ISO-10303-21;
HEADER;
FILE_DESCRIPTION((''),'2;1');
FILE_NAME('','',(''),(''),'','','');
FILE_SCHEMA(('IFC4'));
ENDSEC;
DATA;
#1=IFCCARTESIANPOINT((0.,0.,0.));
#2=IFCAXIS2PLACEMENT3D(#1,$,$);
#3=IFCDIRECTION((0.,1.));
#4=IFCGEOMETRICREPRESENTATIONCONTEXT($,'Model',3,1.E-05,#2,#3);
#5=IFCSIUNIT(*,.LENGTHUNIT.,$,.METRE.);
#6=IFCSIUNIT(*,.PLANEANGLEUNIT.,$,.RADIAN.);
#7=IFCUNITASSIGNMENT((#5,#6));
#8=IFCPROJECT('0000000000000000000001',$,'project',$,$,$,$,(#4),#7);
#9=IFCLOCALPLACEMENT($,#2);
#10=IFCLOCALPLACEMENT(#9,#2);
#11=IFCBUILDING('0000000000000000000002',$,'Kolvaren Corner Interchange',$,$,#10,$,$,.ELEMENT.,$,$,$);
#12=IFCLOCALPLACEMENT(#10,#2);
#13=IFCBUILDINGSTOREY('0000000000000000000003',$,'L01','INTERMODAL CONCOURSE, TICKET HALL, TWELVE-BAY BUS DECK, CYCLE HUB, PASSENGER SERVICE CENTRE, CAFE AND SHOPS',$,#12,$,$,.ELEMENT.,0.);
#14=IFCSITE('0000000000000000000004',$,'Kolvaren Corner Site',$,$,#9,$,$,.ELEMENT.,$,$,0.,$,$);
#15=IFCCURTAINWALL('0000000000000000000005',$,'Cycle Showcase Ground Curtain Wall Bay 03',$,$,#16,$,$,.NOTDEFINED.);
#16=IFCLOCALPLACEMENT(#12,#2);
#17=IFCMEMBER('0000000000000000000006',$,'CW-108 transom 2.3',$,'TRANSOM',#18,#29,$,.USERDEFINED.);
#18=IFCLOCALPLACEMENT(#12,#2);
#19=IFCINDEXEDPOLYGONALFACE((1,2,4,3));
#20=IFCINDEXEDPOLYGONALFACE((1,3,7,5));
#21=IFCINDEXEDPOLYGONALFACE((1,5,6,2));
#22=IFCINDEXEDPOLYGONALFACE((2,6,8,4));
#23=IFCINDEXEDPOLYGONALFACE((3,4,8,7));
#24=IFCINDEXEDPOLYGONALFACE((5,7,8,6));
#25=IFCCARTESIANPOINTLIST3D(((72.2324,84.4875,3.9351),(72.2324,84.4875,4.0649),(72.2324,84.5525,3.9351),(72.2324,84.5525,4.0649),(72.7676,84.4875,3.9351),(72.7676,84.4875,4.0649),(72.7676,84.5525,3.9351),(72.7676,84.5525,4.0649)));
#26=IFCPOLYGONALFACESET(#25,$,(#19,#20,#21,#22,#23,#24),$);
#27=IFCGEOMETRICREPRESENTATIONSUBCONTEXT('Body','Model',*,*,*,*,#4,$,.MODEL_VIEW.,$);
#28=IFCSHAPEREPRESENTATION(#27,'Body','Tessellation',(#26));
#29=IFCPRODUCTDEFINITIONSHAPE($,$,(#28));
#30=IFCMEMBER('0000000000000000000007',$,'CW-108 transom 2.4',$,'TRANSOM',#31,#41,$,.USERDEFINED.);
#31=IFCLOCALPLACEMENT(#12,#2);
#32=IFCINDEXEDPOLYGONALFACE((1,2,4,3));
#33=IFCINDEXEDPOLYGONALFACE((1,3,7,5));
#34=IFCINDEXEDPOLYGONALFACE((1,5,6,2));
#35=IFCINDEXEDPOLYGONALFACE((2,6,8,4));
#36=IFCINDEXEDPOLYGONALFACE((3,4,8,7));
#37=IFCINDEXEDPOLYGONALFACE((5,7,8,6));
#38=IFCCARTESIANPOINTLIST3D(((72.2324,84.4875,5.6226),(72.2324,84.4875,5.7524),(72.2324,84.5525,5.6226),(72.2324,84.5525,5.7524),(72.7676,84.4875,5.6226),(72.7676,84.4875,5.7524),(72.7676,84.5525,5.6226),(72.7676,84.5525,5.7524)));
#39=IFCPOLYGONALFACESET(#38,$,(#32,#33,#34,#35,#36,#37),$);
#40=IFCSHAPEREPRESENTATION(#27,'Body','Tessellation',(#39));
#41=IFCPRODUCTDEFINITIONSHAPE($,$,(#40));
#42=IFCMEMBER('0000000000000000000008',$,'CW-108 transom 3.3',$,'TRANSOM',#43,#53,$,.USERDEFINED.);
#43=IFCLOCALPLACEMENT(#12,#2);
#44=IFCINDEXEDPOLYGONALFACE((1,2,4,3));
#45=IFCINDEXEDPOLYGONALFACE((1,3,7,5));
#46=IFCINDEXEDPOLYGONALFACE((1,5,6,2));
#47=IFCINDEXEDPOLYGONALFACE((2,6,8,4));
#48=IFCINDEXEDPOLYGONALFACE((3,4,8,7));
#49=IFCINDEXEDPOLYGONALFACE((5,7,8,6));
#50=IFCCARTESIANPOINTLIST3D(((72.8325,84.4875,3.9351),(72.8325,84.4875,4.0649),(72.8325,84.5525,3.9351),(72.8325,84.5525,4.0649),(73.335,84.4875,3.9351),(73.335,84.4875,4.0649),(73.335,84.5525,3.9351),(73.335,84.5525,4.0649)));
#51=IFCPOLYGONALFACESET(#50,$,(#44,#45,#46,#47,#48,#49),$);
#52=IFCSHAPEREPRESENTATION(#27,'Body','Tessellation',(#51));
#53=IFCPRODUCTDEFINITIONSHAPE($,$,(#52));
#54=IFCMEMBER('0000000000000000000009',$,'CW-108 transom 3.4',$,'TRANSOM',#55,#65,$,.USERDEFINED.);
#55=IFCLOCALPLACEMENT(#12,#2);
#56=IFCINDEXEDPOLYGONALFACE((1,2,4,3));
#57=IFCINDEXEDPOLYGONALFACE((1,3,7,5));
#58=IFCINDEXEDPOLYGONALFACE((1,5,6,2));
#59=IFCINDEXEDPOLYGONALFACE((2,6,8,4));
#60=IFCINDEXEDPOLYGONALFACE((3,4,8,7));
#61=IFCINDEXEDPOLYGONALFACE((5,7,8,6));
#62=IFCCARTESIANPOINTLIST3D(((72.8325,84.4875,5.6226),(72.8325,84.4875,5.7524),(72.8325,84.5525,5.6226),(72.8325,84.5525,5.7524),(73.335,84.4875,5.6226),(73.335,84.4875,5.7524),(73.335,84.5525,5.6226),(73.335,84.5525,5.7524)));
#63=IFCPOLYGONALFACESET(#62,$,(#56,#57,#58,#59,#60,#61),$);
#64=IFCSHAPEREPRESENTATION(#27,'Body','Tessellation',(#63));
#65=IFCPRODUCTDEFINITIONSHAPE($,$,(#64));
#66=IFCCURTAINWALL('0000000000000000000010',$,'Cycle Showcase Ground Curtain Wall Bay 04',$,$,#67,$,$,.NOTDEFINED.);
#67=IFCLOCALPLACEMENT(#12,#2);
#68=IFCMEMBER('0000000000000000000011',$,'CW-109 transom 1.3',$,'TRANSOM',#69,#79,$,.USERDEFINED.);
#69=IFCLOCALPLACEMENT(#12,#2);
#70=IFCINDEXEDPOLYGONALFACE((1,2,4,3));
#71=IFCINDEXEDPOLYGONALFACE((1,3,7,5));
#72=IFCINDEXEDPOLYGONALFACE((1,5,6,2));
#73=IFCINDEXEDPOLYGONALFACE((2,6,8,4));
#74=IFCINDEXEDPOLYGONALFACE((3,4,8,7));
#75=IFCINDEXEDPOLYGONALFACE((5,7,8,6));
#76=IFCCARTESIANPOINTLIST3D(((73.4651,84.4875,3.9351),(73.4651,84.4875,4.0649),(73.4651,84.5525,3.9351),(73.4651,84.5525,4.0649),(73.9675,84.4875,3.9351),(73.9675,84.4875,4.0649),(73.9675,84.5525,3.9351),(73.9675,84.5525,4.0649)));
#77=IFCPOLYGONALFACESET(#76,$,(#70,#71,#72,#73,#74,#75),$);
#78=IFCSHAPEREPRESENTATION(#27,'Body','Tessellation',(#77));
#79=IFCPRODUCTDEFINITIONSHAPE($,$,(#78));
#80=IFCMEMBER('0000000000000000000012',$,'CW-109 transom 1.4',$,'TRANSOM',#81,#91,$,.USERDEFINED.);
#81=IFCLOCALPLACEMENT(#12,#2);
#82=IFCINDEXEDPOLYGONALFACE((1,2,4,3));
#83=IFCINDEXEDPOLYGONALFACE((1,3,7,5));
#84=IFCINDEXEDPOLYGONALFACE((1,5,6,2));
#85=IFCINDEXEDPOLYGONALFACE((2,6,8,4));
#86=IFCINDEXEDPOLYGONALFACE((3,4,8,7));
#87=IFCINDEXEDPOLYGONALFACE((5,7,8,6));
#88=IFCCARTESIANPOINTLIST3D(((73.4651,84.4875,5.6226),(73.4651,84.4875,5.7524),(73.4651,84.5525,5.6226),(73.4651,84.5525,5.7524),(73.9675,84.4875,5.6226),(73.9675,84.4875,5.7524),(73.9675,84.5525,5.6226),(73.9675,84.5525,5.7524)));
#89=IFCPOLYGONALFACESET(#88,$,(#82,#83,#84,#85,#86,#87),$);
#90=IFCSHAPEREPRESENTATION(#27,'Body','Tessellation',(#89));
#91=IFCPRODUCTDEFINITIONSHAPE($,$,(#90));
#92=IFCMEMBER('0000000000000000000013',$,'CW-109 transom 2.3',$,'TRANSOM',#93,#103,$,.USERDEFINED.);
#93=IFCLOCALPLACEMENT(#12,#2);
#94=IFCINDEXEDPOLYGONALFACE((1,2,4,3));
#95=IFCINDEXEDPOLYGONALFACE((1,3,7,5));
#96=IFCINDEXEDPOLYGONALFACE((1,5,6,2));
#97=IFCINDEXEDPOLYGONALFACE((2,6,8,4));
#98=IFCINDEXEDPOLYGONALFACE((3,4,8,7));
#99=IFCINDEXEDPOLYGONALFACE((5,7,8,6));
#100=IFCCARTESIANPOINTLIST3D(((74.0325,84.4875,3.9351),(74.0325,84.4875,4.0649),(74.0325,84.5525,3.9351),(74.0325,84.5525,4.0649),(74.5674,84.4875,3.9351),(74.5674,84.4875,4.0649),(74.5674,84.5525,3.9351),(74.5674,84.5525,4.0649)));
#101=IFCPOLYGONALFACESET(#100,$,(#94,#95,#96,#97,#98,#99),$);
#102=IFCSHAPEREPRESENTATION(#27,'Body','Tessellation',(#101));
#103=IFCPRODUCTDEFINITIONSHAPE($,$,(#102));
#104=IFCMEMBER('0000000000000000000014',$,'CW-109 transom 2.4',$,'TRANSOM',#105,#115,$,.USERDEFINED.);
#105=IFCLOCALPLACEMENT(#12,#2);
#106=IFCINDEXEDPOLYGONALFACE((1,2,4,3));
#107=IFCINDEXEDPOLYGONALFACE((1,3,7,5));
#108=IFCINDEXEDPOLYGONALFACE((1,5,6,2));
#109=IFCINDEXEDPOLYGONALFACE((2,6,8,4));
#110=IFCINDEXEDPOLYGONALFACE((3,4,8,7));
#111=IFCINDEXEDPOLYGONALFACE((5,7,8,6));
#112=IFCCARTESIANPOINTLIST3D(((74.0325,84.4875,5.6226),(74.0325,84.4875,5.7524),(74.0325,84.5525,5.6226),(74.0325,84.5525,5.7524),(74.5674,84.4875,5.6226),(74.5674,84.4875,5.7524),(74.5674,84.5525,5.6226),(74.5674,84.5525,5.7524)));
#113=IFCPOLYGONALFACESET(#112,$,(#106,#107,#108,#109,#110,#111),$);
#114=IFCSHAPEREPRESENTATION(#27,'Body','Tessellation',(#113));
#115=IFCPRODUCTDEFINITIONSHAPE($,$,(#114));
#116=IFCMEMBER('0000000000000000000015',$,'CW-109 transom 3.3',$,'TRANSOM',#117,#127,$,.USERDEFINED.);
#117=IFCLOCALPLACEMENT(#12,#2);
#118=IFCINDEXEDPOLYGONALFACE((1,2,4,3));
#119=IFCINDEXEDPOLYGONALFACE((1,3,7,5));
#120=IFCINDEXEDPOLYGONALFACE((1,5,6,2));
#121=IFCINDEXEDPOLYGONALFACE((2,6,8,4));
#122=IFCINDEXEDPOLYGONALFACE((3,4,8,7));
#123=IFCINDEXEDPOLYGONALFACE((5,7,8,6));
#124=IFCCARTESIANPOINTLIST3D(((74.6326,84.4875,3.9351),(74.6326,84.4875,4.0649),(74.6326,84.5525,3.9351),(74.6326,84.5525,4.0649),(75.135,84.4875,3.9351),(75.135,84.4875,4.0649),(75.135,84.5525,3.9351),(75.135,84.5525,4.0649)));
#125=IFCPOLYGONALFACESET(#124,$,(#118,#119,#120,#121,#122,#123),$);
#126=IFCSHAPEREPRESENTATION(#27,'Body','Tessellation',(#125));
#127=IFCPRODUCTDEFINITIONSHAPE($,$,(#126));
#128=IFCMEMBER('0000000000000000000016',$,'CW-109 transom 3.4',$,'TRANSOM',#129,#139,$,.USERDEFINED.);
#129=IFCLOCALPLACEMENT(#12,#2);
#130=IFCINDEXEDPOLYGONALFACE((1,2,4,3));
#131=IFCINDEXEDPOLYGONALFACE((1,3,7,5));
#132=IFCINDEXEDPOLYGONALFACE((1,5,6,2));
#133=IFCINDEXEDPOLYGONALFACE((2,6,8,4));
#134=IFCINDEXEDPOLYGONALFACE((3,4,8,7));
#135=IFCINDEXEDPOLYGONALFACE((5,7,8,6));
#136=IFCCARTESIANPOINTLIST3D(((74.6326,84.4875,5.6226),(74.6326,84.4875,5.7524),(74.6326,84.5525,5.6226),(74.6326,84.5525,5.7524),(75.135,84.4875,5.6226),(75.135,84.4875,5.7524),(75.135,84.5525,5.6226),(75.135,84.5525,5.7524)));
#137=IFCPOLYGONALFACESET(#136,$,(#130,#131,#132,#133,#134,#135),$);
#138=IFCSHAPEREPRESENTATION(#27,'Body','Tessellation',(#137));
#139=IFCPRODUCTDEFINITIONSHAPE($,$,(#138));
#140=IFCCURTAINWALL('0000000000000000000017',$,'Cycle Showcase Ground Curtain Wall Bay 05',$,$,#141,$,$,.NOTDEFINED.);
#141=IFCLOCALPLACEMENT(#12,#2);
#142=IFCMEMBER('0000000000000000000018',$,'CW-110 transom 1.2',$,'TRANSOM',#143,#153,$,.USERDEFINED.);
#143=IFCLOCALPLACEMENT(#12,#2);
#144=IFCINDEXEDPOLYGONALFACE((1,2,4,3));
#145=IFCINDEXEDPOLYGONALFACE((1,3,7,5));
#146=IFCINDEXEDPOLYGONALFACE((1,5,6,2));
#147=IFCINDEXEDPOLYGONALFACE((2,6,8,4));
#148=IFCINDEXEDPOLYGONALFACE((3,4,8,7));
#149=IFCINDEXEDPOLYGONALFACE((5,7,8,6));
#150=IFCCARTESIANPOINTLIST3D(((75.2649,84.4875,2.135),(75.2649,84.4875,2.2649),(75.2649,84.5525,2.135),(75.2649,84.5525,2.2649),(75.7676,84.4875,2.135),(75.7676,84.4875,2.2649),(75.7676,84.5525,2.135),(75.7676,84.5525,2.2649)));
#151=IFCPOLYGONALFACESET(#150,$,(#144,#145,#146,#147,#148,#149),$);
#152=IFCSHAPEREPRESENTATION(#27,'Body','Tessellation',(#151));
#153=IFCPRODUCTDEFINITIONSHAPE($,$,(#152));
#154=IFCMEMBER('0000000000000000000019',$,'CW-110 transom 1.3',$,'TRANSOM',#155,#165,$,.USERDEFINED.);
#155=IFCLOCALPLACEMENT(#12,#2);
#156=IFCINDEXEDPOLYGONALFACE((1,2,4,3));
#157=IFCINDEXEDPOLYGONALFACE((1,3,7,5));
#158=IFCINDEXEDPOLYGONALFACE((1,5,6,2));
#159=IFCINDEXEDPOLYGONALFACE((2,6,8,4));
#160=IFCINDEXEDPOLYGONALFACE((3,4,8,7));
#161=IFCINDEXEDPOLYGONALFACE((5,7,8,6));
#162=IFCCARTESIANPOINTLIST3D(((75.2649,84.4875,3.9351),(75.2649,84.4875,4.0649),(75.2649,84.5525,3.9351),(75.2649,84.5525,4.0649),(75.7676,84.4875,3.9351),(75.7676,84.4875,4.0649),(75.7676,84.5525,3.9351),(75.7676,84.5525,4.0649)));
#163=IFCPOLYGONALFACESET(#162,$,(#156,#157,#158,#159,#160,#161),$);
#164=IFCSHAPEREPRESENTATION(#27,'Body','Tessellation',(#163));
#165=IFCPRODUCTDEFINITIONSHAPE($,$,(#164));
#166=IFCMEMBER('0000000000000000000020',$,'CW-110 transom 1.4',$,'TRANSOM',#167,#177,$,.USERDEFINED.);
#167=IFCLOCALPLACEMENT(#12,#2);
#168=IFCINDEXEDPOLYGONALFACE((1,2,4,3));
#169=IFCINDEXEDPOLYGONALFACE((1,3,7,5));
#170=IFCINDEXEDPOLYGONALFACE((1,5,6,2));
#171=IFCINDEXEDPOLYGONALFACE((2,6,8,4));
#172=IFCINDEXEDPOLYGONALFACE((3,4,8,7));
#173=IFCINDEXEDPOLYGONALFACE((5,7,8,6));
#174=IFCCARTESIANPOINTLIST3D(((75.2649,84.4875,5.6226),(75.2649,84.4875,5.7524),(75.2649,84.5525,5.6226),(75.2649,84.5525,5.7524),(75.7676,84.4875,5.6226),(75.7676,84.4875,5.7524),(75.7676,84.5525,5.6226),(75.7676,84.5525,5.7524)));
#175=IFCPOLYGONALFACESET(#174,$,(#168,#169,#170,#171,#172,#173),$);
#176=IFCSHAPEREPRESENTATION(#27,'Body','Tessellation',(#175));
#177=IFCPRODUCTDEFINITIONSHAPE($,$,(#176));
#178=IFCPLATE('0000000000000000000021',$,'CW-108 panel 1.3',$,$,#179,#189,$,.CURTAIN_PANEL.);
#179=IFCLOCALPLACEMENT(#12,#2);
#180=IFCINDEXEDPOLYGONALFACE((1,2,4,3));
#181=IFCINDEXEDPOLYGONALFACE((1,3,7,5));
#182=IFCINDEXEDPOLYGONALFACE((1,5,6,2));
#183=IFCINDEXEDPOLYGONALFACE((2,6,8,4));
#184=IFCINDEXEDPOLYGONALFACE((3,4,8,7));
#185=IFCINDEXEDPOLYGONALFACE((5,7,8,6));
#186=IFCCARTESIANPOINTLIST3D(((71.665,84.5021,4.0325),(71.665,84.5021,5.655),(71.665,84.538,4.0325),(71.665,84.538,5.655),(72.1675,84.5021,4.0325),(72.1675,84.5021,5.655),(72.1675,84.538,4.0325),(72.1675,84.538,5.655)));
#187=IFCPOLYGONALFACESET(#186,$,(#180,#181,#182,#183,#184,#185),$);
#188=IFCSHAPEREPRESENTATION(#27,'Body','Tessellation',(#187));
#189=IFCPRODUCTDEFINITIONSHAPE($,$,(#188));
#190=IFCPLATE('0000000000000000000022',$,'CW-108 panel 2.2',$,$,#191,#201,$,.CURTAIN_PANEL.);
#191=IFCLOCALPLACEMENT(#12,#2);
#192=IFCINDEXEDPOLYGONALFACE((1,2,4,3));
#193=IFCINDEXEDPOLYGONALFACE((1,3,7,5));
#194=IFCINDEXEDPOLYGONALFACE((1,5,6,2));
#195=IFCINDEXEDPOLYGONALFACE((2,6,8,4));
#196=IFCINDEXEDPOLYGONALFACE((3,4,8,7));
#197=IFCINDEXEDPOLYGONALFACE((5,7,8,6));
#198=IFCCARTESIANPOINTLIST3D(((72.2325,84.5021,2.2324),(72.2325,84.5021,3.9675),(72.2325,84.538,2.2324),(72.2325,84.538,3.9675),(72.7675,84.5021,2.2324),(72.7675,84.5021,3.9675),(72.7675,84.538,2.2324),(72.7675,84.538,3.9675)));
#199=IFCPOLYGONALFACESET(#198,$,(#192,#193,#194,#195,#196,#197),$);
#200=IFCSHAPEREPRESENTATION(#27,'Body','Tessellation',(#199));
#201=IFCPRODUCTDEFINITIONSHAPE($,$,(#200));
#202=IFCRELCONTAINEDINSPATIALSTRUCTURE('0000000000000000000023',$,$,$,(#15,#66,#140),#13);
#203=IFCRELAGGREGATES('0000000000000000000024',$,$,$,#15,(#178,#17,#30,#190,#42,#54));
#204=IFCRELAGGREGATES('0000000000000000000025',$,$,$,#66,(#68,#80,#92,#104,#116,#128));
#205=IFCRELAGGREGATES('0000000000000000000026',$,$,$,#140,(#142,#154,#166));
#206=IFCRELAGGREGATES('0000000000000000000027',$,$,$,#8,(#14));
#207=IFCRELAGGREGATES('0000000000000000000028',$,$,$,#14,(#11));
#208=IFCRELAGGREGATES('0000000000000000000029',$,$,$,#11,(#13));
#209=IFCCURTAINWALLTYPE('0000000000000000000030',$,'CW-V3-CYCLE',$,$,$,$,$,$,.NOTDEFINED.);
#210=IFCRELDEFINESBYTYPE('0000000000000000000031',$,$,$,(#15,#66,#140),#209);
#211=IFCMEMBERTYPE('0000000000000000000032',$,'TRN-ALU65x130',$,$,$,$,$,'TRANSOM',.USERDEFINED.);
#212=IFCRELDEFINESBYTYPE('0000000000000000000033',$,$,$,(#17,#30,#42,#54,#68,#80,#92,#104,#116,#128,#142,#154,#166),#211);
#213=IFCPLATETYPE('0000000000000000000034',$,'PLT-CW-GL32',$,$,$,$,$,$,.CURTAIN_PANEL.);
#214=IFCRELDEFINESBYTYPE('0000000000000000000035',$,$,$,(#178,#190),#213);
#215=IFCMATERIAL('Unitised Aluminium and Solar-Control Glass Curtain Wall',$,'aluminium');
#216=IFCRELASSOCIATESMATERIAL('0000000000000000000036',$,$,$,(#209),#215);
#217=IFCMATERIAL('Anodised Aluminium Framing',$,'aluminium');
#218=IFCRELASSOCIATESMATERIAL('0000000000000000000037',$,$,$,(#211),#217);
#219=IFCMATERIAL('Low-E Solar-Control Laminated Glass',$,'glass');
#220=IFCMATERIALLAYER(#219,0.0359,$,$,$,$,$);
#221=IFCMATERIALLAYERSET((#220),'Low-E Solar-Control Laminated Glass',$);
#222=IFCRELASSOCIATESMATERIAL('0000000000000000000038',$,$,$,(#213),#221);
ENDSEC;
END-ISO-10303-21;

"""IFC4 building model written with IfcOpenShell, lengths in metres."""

from ifc_helpers import new_model, si_unit, direction, frame, origin, origin_2d, place, context, subcontext, project, spatial, rectangle, extrude, material, layer, layer_set, material_profile, profile_set, type_object, element, aggregate, save


model = new_model("IFC4")

# Units and contexts
model_context = context("Model", 3, precision=1e-05, world=origin(), true_north=direction((0.0, 1.0)))
body_context = subcontext(model_context, "Body", "Model", "MODEL_VIEW")
ifc_project = project(units=[si_unit("LENGTHUNIT", "METRE"), si_unit("PLANEANGLEUNIT", "RADIAN")], contexts=[model_context])

# Site, building, storey
site_placement = place(None, origin())
site = spatial("IfcSite", under=ifc_project, at=site_placement, Name="Kolvaren Corner Site", CompositionType="ELEMENT", RefElevation=0.0)
building_placement = place(site_placement, origin())
building = spatial("IfcBuilding", under=site, at=building_placement, Name="Kolvaren Corner Interchange", CompositionType="ELEMENT")
storey_placement = place(building_placement, origin())
storey = spatial("IfcBuildingStorey", under=building, at=storey_placement, Name="L01", Description="INTERMODAL CONCOURSE, TICKET HALL, TWELVE-BAY BUS DECK, CYCLE HUB, PASSENGER SERVICE CENTRE, CAFE AND SHOPS", CompositionType="ELEMENT", Elevation=0.0)

# Curtain walls, members
ifc_material_1 = material(Name="Unitised Aluminium and Solar-Control Glass Curtain Wall", Category="aluminium")
curtain_wall_type = type_object("IfcCurtainWallType", Name="CW-V3-CYCLE", PredefinedType="NOTDEFINED", material=ifc_material_1)
curtain_wall_1_placement = place(storey_placement, origin())
curtain_wall_1 = element("IfcCurtainWall", 1, at=curtain_wall_1_placement, inside=storey, type_object=curtain_wall_type, Name="Cycle Showcase Ground Curtain Wall Bay 03", PredefinedType="NOTDEFINED")
ifc_material_2 = material(Name="Anodised Aluminium Framing", Category="aluminium")
ifc_material_profile = material_profile(ifc_material_2, rectangle(XDim=0.0649, YDim=0.1299, at=origin_2d()), Name="ALU 65x130")
ifc_profile_set = profile_set([ifc_material_profile], Name="Anodised Aluminium Framing")
member_type = type_object("IfcMemberType", Name="TRN-ALU65x130", ElementType="TRANSOM", PredefinedType="USERDEFINED", material=ifc_profile_set)
member_1_placement = place(storey_placement, frame((72.2324, 84.52, 4.0), z_axis=(1.0, 0.0, 0.0), x_axis=(0.0, 1.0, 0.0)))
member_1 = element("IfcMember", 2, at=member_1_placement, type_object=member_type, Name="CW-108 transom 2.3", ObjectType="TRANSOM", PredefinedType="USERDEFINED", context=body_context, shape_type="SweptSolid", body=[
    extrude(rectangle(XDim=0.0649, YDim=0.1299, at=origin_2d()), origin(), (0.0, 0.0, 1.0), 0.5352),
])
member_2_placement = place(storey_placement, frame((72.2324, 84.52, 5.6875), z_axis=(1.0, 0.0, 0.0), x_axis=(0.0, 1.0, 0.0)))
member_2 = element("IfcMember", 3, at=member_2_placement, type_object=member_type, Name="CW-108 transom 2.4", ObjectType="TRANSOM", PredefinedType="USERDEFINED", context=body_context, shape_type="SweptSolid", body=[
    extrude(rectangle(XDim=0.0649, YDim=0.1299, at=origin_2d()), origin(), (0.0, 0.0, 1.0), 0.5352),
])
member_3_placement = place(storey_placement, frame((72.8325, 84.52, 4.0), z_axis=(1.0, 0.0, 0.0), x_axis=(0.0, 1.0, 0.0)))
member_3 = element("IfcMember", 4, at=member_3_placement, type_object=member_type, Name="CW-108 transom 3.3", ObjectType="TRANSOM", PredefinedType="USERDEFINED", context=body_context, shape_type="SweptSolid", body=[
    extrude(rectangle(XDim=0.0649, YDim=0.1299, at=origin_2d()), origin(), (0.0, 0.0, 1.0), 0.5024),
])
member_4_placement = place(storey_placement, frame((72.8325, 84.52, 5.6875), z_axis=(1.0, 0.0, 0.0), x_axis=(0.0, 1.0, 0.0)))
member_4 = element("IfcMember", 5, at=member_4_placement, type_object=member_type, Name="CW-108 transom 3.4", ObjectType="TRANSOM", PredefinedType="USERDEFINED", context=body_context, shape_type="SweptSolid", body=[
    extrude(rectangle(XDim=0.0649, YDim=0.1299, at=origin_2d()), origin(), (0.0, 0.0, 1.0), 0.5024),
])
curtain_wall_2_placement = place(storey_placement, origin())
curtain_wall_2 = element("IfcCurtainWall", 6, at=curtain_wall_2_placement, inside=storey, type_object=curtain_wall_type, Name="Cycle Showcase Ground Curtain Wall Bay 04", PredefinedType="NOTDEFINED")
member_5_placement = place(storey_placement, frame((73.4651, 84.52, 4.0), z_axis=(1.0, 0.0, 0.0), x_axis=(0.0, 1.0, 0.0)))
member_5 = element("IfcMember", 7, at=member_5_placement, type_object=member_type, Name="CW-109 transom 1.3", ObjectType="TRANSOM", PredefinedType="USERDEFINED", context=body_context, shape_type="SweptSolid", body=[
    extrude(rectangle(XDim=0.0649, YDim=0.1299, at=origin_2d()), origin(), (0.0, 0.0, 1.0), 0.5024),
])
member_6_placement = place(storey_placement, frame((73.4651, 84.52, 5.6875), z_axis=(1.0, 0.0, 0.0), x_axis=(0.0, 1.0, 0.0)))
member_6 = element("IfcMember", 8, at=member_6_placement, type_object=member_type, Name="CW-109 transom 1.4", ObjectType="TRANSOM", PredefinedType="USERDEFINED", context=body_context, shape_type="SweptSolid", body=[
    extrude(rectangle(XDim=0.0649, YDim=0.1299, at=origin_2d()), origin(), (0.0, 0.0, 1.0), 0.5024),
])
member_7_placement = place(storey_placement, frame((74.0325, 84.52, 4.0), z_axis=(1.0, 0.0, 0.0), x_axis=(0.0, 1.0, 0.0)))
member_7 = element("IfcMember", 9, at=member_7_placement, type_object=member_type, Name="CW-109 transom 2.3", ObjectType="TRANSOM", PredefinedType="USERDEFINED", context=body_context, shape_type="SweptSolid", body=[
    extrude(rectangle(XDim=0.0649, YDim=0.1299, at=origin_2d()), origin(), (0.0, 0.0, 1.0), 0.5349),
])
member_8_placement = place(storey_placement, frame((74.0325, 84.52, 5.6875), z_axis=(1.0, 0.0, 0.0), x_axis=(0.0, 1.0, 0.0)))
member_8 = element("IfcMember", 10, at=member_8_placement, type_object=member_type, Name="CW-109 transom 2.4", ObjectType="TRANSOM", PredefinedType="USERDEFINED", context=body_context, shape_type="SweptSolid", body=[
    extrude(rectangle(XDim=0.0649, YDim=0.1299, at=origin_2d()), origin(), (0.0, 0.0, 1.0), 0.5349),
])
member_9_placement = place(storey_placement, frame((74.6326, 84.52, 4.0), z_axis=(1.0, 0.0, 0.0), x_axis=(0.0, 1.0, 0.0)))
member_9 = element("IfcMember", 11, at=member_9_placement, type_object=member_type, Name="CW-109 transom 3.3", ObjectType="TRANSOM", PredefinedType="USERDEFINED", context=body_context, shape_type="SweptSolid", body=[
    extrude(rectangle(XDim=0.0649, YDim=0.1299, at=origin_2d()), origin(), (0.0, 0.0, 1.0), 0.5024),
])
member_10_placement = place(storey_placement, frame((74.6326, 84.52, 5.6875), z_axis=(1.0, 0.0, 0.0), x_axis=(0.0, 1.0, 0.0)))
member_10 = element("IfcMember", 12, at=member_10_placement, type_object=member_type, Name="CW-109 transom 3.4", ObjectType="TRANSOM", PredefinedType="USERDEFINED", context=body_context, shape_type="SweptSolid", body=[
    extrude(rectangle(XDim=0.0649, YDim=0.1299, at=origin_2d()), origin(), (0.0, 0.0, 1.0), 0.5024),
])
curtain_wall_3_placement = place(storey_placement, origin())
curtain_wall_3 = element("IfcCurtainWall", 13, at=curtain_wall_3_placement, inside=storey, type_object=curtain_wall_type, Name="Cycle Showcase Ground Curtain Wall Bay 05", PredefinedType="NOTDEFINED")
member_11_placement = place(storey_placement, frame((75.2649, 84.52, 2.2), z_axis=(1.0, 0.0, 0.0), x_axis=(0.0, 1.0, 0.0)))
member_11 = element("IfcMember", 14, at=member_11_placement, type_object=member_type, Name="CW-110 transom 1.2", ObjectType="TRANSOM", PredefinedType="USERDEFINED", context=body_context, shape_type="SweptSolid", body=[
    extrude(rectangle(XDim=0.0649, YDim=0.1299, at=origin_2d()), origin(), (0.0, 0.0, 1.0), 0.5027),
])
member_12_placement = place(storey_placement, frame((75.2649, 84.52, 4.0), z_axis=(1.0, 0.0, 0.0), x_axis=(0.0, 1.0, 0.0)))
member_12 = element("IfcMember", 15, at=member_12_placement, type_object=member_type, Name="CW-110 transom 1.3", ObjectType="TRANSOM", PredefinedType="USERDEFINED", context=body_context, shape_type="SweptSolid", body=[
    extrude(rectangle(XDim=0.0649, YDim=0.1299, at=origin_2d()), origin(), (0.0, 0.0, 1.0), 0.5027),
])
member_13_placement = place(storey_placement, frame((75.2649, 84.52, 5.6875), z_axis=(1.0, 0.0, 0.0), x_axis=(0.0, 1.0, 0.0)))
member_13 = element("IfcMember", 16, at=member_13_placement, type_object=member_type, Name="CW-110 transom 1.4", ObjectType="TRANSOM", PredefinedType="USERDEFINED", context=body_context, shape_type="SweptSolid", body=[
    extrude(rectangle(XDim=0.0649, YDim=0.1299, at=origin_2d()), origin(), (0.0, 0.0, 1.0), 0.5027),
])

# Plates
ifc_material_3 = material(Name="Low-E Solar-Control Laminated Glass", Category="glass")
ifc_layer = layer(ifc_material_3, 0.0359)
ifc_layer_set = layer_set([ifc_layer], Name="Low-E Solar-Control Laminated Glass")
plate_type = type_object("IfcPlateType", Name="PLT-CW-GL32", PredefinedType="CURTAIN_PANEL", material=ifc_layer_set)
plate_1_placement = place(storey_placement, frame((71.9163, 84.52, 4.0325), z_axis=(0.0, 0.0, 1.0), x_axis=(1.0, 0.0, 0.0)))
plate_1 = element("IfcPlate", 17, at=plate_1_placement, type_object=plate_type, Name="CW-108 panel 1.3", PredefinedType="CURTAIN_PANEL", context=body_context, shape_type="SweptSolid", body=[
    extrude(rectangle(XDim=0.5024, YDim=0.0359, at=origin_2d()), origin(), (0.0, 0.0, 1.0), 1.6226),
])
plate_2_placement = place(storey_placement, frame((72.5, 84.52, 2.2324), z_axis=(0.0, 0.0, 1.0), x_axis=(1.0, 0.0, 0.0)))
plate_2 = element("IfcPlate", 18, at=plate_2_placement, type_object=plate_type, Name="CW-108 panel 2.2", PredefinedType="CURTAIN_PANEL", context=body_context, shape_type="SweptSolid", body=[
    extrude(rectangle(XDim=0.5349, YDim=0.0359, at=origin_2d()), origin(), (0.0, 0.0, 1.0), 1.7351),
])
aggregate(curtain_wall_1, [plate_1, member_1, member_2, plate_2, member_3, member_4])
aggregate(curtain_wall_2, [member_5, member_6, member_7, member_8, member_9, member_10])
aggregate(curtain_wall_3, [member_11, member_12, member_13])

save(model, "model.ifc")
